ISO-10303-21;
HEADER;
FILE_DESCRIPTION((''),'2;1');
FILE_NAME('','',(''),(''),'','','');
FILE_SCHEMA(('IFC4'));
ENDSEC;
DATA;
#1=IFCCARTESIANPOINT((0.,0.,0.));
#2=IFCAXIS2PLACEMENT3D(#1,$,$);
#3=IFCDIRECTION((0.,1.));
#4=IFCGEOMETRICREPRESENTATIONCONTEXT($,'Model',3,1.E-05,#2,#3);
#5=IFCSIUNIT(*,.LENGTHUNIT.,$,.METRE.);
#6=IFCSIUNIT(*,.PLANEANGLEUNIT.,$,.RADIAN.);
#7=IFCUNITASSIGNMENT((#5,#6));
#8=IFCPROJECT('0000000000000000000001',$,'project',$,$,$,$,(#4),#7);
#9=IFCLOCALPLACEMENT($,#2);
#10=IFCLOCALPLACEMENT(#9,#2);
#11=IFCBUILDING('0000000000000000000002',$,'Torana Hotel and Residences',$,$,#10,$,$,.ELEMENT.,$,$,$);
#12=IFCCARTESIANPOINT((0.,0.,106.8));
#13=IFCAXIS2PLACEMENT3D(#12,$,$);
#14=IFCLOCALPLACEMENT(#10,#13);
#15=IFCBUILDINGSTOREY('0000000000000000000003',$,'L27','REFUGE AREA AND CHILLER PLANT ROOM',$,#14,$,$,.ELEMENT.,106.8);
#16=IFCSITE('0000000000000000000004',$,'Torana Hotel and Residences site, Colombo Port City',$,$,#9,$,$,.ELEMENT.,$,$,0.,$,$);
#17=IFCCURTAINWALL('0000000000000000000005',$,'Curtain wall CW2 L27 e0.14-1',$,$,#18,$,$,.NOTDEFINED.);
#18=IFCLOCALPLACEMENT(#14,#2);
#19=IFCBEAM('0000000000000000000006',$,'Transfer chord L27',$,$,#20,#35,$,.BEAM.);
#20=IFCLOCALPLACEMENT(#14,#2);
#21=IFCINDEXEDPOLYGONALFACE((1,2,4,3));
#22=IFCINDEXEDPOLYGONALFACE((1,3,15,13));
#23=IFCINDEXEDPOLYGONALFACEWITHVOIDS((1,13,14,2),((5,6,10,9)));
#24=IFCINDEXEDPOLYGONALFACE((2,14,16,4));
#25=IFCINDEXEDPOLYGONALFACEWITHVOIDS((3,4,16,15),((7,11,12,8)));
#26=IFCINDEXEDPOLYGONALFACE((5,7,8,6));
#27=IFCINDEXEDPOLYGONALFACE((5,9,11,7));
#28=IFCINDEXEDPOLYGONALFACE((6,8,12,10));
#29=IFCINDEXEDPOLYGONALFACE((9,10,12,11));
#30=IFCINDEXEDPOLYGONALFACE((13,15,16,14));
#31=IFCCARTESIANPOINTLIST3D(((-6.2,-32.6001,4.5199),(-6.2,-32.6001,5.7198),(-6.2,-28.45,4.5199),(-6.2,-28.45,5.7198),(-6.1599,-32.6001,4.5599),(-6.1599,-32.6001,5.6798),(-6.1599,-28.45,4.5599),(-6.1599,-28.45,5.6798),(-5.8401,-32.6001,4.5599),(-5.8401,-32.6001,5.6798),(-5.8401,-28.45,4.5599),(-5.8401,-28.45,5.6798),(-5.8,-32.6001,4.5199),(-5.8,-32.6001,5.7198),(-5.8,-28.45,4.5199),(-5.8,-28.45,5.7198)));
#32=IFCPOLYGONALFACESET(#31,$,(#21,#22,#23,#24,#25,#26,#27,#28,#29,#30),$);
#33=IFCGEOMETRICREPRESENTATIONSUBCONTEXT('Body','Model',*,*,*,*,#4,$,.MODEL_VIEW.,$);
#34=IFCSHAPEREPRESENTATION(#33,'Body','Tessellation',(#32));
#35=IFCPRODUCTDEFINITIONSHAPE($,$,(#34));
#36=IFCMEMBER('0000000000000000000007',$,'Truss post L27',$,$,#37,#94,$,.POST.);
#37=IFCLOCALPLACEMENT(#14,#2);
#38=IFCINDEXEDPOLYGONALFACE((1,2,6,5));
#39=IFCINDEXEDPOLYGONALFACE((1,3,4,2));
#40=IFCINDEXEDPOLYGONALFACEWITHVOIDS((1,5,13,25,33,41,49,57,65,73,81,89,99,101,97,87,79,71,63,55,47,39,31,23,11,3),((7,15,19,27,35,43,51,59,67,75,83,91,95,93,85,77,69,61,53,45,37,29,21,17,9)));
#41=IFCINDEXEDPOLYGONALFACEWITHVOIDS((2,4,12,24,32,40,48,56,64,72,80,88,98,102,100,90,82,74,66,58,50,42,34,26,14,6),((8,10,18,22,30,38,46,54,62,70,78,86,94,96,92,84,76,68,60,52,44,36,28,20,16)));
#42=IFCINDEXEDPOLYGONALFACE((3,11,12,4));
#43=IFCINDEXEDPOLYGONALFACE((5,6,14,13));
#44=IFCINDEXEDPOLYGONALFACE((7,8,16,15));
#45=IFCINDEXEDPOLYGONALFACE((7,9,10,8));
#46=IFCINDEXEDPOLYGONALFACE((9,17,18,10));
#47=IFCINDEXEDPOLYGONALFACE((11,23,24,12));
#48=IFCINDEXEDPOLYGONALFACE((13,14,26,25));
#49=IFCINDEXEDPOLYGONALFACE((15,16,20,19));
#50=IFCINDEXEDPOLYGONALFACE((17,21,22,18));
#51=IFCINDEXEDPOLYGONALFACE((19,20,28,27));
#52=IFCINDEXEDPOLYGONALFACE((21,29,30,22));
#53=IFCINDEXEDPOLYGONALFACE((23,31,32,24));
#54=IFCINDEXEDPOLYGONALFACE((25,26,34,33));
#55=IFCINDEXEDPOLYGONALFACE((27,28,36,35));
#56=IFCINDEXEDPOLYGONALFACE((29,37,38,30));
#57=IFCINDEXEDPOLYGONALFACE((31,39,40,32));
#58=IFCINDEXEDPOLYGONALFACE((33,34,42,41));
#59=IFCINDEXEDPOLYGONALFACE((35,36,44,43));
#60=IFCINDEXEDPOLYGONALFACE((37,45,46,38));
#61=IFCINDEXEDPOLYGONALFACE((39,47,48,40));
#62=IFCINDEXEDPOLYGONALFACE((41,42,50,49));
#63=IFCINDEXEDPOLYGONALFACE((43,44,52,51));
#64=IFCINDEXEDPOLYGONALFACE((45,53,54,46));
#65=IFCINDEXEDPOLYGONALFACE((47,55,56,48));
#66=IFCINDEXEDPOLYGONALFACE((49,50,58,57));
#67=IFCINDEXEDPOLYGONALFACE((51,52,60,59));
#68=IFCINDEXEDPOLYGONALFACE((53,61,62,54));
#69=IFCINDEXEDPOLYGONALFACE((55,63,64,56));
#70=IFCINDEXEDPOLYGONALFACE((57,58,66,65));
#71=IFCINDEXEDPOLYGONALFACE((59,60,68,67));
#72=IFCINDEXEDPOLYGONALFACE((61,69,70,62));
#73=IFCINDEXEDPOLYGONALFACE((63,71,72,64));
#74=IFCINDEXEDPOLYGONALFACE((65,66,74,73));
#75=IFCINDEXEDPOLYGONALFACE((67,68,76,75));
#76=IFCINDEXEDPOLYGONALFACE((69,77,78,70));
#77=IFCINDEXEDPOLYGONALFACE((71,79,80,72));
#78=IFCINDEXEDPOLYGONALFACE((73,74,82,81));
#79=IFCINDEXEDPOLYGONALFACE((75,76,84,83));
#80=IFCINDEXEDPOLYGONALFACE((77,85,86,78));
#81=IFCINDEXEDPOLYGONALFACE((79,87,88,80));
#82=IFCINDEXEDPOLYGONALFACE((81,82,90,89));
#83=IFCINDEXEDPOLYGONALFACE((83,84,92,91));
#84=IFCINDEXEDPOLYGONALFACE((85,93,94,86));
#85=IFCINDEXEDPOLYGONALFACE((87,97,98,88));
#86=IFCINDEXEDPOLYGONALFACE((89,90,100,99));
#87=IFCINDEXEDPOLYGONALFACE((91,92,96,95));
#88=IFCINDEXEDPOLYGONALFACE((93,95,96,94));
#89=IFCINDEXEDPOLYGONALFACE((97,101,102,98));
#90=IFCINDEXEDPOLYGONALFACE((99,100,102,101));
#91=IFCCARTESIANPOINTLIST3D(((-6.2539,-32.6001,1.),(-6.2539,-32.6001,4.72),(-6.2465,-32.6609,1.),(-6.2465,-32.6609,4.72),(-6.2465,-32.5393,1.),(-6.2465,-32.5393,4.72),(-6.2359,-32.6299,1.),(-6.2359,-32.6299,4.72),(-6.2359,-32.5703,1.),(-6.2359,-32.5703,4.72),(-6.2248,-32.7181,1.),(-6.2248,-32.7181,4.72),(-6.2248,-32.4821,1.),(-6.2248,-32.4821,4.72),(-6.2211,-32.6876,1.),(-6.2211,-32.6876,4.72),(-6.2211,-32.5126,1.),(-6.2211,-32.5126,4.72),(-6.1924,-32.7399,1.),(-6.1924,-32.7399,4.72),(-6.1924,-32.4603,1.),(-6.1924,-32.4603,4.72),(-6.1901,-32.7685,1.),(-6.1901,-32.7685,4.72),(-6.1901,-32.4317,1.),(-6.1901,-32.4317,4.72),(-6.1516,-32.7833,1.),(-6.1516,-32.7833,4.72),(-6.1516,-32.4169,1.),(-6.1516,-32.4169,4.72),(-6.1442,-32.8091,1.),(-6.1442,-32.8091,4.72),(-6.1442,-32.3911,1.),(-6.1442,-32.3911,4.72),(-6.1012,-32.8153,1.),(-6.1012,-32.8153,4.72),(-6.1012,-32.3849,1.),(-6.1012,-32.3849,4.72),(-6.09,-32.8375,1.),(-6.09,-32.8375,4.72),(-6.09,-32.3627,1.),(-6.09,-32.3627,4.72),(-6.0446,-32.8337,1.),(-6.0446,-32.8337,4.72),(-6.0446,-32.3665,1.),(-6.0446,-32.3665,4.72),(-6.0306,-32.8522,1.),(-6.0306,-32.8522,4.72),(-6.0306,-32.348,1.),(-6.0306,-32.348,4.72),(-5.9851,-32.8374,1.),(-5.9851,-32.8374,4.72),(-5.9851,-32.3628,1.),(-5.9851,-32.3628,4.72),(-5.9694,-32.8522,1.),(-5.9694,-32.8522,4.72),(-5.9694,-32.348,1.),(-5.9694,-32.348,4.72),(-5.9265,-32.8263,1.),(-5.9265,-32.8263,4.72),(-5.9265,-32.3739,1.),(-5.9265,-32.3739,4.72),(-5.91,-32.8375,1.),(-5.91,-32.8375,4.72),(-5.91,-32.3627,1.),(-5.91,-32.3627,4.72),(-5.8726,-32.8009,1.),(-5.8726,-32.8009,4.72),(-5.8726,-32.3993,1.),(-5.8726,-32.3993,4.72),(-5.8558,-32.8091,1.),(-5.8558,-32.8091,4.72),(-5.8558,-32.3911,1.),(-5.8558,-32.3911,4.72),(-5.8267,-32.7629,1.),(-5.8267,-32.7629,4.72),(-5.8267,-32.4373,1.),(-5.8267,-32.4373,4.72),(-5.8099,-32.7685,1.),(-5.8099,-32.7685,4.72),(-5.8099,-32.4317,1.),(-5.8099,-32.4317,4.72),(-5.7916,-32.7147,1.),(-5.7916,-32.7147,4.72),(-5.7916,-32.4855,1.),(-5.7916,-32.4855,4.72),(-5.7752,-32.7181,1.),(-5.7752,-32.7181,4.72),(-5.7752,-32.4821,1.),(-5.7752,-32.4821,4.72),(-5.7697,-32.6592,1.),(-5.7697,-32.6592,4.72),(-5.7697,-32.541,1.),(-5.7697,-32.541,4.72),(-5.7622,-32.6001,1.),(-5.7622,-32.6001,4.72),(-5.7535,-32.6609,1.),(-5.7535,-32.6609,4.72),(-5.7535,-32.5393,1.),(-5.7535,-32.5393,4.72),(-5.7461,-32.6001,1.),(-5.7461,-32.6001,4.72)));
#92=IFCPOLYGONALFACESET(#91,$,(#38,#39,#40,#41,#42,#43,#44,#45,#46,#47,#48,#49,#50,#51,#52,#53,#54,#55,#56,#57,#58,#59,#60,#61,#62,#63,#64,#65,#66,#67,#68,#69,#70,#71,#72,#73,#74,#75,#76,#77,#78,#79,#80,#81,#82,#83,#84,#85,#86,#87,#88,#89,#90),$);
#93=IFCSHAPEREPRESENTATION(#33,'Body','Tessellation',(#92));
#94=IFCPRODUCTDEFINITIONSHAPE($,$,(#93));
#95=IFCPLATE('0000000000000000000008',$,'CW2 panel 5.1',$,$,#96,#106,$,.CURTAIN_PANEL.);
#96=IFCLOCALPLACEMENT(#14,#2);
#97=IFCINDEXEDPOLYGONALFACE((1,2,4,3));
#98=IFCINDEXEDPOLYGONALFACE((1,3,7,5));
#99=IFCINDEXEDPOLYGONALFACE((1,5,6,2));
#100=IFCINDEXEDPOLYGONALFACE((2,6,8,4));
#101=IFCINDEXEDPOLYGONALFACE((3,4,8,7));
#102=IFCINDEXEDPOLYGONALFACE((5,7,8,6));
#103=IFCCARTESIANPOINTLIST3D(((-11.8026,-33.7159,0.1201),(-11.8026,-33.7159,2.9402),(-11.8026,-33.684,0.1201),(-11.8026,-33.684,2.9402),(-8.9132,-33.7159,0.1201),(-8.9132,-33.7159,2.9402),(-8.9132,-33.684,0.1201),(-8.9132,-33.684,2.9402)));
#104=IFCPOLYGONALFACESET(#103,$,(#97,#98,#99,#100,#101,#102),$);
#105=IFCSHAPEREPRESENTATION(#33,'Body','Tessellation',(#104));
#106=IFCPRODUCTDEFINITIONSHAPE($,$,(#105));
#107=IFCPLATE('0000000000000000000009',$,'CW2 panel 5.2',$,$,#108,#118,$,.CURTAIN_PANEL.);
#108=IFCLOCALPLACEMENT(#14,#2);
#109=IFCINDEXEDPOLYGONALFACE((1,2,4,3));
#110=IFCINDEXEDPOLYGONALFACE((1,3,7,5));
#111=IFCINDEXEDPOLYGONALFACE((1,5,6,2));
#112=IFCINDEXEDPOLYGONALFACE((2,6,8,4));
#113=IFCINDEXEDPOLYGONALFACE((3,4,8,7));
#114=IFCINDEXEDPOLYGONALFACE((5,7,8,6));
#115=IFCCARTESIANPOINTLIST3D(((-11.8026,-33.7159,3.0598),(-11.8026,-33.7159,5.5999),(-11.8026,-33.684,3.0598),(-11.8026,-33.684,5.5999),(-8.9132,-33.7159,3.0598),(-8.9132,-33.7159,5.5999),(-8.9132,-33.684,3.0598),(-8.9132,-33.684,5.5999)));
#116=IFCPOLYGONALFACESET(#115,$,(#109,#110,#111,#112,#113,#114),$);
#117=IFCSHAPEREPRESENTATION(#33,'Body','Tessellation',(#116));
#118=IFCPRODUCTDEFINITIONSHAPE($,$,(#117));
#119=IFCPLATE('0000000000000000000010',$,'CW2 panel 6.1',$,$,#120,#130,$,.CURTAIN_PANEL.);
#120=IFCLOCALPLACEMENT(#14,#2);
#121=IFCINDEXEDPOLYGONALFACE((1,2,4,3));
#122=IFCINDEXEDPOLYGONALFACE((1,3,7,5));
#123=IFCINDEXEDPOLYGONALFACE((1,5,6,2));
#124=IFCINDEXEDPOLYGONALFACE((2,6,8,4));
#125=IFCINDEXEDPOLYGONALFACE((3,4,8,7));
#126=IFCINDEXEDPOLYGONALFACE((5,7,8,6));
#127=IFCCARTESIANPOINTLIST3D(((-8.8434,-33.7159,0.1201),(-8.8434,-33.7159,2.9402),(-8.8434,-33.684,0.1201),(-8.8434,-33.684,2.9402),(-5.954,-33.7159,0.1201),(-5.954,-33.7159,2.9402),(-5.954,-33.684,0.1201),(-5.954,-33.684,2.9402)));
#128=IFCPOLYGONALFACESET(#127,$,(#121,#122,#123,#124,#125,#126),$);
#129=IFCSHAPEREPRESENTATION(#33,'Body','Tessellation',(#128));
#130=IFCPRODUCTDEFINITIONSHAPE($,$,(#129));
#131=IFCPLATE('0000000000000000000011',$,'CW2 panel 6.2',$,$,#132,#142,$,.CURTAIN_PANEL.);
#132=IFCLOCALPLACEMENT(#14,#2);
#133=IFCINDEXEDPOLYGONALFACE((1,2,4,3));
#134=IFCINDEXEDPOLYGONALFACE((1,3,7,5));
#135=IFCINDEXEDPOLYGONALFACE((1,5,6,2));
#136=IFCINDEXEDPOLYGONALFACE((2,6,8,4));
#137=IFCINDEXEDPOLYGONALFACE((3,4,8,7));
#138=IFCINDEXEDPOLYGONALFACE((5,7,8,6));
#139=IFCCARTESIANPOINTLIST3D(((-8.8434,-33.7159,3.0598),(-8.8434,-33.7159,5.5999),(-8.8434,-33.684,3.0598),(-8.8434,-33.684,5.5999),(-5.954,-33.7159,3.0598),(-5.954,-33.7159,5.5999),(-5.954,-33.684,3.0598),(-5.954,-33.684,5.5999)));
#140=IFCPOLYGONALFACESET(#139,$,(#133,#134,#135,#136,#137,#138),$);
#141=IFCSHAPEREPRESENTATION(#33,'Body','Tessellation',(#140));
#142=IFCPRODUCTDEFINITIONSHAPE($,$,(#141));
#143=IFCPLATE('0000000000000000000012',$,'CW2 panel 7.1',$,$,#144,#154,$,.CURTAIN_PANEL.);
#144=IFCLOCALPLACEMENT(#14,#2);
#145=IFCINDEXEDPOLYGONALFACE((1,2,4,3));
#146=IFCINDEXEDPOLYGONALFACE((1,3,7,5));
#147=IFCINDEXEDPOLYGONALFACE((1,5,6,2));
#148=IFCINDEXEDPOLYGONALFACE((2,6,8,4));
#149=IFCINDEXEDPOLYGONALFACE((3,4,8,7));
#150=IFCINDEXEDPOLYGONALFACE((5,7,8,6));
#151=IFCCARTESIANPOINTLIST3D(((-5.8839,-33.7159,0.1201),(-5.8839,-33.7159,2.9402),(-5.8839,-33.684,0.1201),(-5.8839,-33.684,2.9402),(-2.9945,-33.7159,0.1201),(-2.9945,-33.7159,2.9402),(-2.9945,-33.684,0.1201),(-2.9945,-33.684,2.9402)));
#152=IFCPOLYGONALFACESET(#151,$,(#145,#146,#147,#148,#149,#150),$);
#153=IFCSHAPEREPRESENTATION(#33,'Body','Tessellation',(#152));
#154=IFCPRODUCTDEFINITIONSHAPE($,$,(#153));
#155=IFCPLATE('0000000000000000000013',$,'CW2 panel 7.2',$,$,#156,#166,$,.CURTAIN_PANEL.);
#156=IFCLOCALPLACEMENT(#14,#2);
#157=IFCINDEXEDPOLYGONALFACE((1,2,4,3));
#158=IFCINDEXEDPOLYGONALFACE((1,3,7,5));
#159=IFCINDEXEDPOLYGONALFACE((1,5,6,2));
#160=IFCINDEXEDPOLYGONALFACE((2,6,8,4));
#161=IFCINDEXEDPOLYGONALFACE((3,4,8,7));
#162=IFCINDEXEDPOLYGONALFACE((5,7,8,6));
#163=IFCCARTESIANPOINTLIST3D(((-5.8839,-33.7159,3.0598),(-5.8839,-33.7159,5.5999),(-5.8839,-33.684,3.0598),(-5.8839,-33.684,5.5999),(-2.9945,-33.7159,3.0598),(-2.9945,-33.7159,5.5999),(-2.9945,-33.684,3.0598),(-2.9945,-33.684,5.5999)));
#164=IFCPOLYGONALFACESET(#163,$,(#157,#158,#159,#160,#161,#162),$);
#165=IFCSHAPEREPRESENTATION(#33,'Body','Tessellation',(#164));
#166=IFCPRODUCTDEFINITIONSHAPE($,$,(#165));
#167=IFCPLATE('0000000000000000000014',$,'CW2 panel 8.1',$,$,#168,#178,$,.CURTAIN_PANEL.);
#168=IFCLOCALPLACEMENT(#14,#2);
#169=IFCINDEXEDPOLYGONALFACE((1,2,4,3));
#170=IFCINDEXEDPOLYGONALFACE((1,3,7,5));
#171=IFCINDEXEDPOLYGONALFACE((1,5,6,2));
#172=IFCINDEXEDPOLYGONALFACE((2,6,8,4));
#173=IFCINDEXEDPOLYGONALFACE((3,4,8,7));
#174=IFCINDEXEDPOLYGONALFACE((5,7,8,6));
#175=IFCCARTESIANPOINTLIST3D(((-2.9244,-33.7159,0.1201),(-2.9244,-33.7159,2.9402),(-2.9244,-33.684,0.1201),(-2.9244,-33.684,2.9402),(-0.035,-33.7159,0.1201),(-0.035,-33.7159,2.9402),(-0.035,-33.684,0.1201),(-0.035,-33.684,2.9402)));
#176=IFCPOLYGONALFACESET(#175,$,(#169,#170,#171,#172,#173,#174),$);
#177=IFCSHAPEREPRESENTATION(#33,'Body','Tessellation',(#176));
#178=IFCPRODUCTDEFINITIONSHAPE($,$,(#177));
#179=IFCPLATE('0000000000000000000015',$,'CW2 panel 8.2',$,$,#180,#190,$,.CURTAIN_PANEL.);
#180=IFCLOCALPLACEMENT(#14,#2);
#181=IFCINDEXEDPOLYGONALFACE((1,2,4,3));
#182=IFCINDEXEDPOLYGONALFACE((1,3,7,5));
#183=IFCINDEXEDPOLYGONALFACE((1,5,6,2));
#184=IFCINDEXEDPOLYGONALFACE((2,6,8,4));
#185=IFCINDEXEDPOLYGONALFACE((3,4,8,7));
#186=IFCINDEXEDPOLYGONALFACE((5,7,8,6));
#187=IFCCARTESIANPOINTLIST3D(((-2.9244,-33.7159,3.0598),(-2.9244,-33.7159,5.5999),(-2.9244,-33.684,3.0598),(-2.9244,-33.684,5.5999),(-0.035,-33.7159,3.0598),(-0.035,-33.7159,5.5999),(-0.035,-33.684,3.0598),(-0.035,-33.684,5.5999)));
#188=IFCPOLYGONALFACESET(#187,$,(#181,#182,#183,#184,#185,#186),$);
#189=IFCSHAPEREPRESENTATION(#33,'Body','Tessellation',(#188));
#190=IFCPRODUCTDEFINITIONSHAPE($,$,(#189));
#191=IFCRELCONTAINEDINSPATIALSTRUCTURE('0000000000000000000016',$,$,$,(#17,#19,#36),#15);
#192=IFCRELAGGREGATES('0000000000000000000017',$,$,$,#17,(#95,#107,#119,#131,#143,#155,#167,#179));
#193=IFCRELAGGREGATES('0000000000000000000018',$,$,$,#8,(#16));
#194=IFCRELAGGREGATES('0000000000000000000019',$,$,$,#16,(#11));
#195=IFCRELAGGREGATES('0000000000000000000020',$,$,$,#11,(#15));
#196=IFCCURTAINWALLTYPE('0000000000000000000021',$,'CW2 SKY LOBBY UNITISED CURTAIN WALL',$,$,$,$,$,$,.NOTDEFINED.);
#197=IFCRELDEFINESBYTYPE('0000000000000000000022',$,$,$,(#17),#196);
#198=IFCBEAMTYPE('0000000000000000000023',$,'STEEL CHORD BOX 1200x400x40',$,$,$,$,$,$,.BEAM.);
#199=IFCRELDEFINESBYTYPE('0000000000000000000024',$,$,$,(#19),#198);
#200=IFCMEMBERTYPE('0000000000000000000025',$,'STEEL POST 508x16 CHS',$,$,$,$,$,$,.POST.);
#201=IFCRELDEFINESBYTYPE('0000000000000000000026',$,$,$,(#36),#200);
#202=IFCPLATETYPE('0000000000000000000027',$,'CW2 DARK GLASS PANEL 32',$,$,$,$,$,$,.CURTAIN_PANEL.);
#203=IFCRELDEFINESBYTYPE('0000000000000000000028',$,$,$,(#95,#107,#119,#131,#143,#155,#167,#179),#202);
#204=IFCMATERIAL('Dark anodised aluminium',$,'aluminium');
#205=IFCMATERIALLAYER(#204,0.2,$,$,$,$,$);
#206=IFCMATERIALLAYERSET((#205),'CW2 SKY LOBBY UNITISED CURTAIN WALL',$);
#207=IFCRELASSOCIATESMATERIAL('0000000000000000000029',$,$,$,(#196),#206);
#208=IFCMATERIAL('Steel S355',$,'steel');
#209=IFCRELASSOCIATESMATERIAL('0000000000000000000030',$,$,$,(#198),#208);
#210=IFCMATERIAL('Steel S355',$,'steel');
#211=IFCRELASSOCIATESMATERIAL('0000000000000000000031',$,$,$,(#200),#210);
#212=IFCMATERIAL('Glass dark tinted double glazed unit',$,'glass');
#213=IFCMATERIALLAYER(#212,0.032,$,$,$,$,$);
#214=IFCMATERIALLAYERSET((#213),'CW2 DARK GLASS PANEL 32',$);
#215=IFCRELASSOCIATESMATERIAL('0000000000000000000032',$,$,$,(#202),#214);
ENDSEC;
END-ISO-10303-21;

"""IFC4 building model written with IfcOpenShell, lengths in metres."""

from ifc_helpers import new_model, si_unit, direction, frame, origin, origin_2d, place, context, subcontext, project, spatial, rectangle, hollow_rectangle, hollow_circle, extrude, material, layer, layer_set, material_profile, profile_set, type_object, element, aggregate, save


model = new_model("IFC4")

# Units and contexts
model_context = context("Model", 3, precision=1e-05, world=origin(), true_north=direction((0.0, 1.0)))
body_context = subcontext(model_context, "Body", "Model", "MODEL_VIEW")
ifc_project = project(units=[si_unit("LENGTHUNIT", "METRE"), si_unit("PLANEANGLEUNIT", "RADIAN")], contexts=[model_context])

# Site, building, storey
site_placement = place(None, origin())
site = spatial("IfcSite", under=ifc_project, at=site_placement, Name="Torana Hotel and Residences site, Colombo Port City", CompositionType="ELEMENT", RefElevation=0.0)
building_placement = place(site_placement, origin())
building = spatial("IfcBuilding", under=site, at=building_placement, Name="Torana Hotel and Residences", CompositionType="ELEMENT")
storey_placement = place(building_placement, frame((0.0, 0.0, 106.8)))
storey = spatial("IfcBuildingStorey", under=building, at=storey_placement, Name="L27", Description="REFUGE AREA AND CHILLER PLANT ROOM", CompositionType="ELEMENT", Elevation=106.8)

# Curtain wall
ifc_material_1 = material(Name="Dark anodised aluminium", Category="aluminium")
ifc_layer_1 = layer(ifc_material_1, 0.2)
ifc_layer_set_1 = layer_set([ifc_layer_1], Name="CW2 SKY LOBBY UNITISED CURTAIN WALL")
curtain_wall_type = type_object("IfcCurtainWallType", Name="CW2 SKY LOBBY UNITISED CURTAIN WALL", PredefinedType="NOTDEFINED", material=ifc_layer_set_1)
curtain_wall_placement = place(storey_placement, origin())
curtain_wall = element("IfcCurtainWall", 1, at=curtain_wall_placement, inside=storey, type_object=curtain_wall_type, Name="Curtain wall CW2 L27 e0.14-1", PredefinedType="NOTDEFINED")

# Beam
ifc_material_2 = material(Name="Steel S355", Category="steel")
ifc_material_profile_1 = material_profile(ifc_material_2, hollow_rectangle(XDim=0.3999, YDim=1.2, WallThickness=0.04, at=origin_2d()), Name="BOX 1200x400x40")
ifc_profile_set_1 = profile_set([ifc_material_profile_1], Name="Steel S355")
beam_type = type_object("IfcBeamType", Name="STEEL CHORD BOX 1200x400x40", PredefinedType="BEAM", material=ifc_profile_set_1)
for number, where, z_axis, x_axis, name in (
    (2, (-6.0, -32.6001, 5.1199), (0.0, 1.0, 0.0), (-1.0, 0.0, 0.0), "Transfer chord L27"),
):
    element("IfcBeam", number, at=place(storey_placement, frame(where, z_axis=z_axis, x_axis=x_axis)), inside=storey, type_object=beam_type, Name=name, PredefinedType="BEAM", context=body_context, shape_type="SweptSolid", body=[
        extrude(hollow_rectangle(XDim=0.3999, YDim=1.2, WallThickness=0.04, at=origin_2d()), origin(), (0.0, 0.0, 1.0), 4.1501),
    ])

# Member
ifc_material_3 = material(Name="Steel S355", Category="steel")
ifc_material_profile_2 = material_profile(ifc_material_3, hollow_circle(Radius=0.2539, WallThickness=0.0161, at=origin_2d()), Name="508x16 CHS")
ifc_profile_set_2 = profile_set([ifc_material_profile_2], Name="Steel S355")
member_type_1 = type_object("IfcMemberType", Name="STEEL POST 508x16 CHS", PredefinedType="POST", material=ifc_profile_set_2)
member_1_placement = place(storey_placement, frame((-6.0, -32.6001, 1.0), z_axis=(0.0, 0.0, 1.0), x_axis=(1.0, 0.0, 0.0)))
element("IfcMember", 3, at=member_1_placement, inside=storey, type_object=member_type_1, Name="Truss post L27", PredefinedType="POST", context=body_context, shape_type="SweptSolid", body=[
    extrude(hollow_circle(Radius=0.2539, WallThickness=0.0161, at=origin_2d()), origin(), (0.0, 0.0, 1.0), 3.72),
])

# Plates
ifc_material_4 = material(Name="Glass dark tinted double glazed unit", Category="glass")
ifc_layer_2 = layer(ifc_material_4, 0.032)
ifc_layer_set_2 = layer_set([ifc_layer_2], Name="CW2 DARK GLASS PANEL 32")
plate_type = type_object("IfcPlateType", Name="CW2 DARK GLASS PANEL 32", PredefinedType="CURTAIN_PANEL", material=ifc_layer_set_2)
plate_1_placement = place(storey_placement, frame((-10.3579, -33.7, 0.1201), z_axis=(0.0, 0.0, 1.0), x_axis=(1.0, 0.0, 0.0)))
plate_1 = element("IfcPlate", 4, at=plate_1_placement, type_object=plate_type, Name="CW2 panel 5.1", PredefinedType="CURTAIN_PANEL", context=body_context, shape_type="SweptSolid", body=[
    extrude(rectangle(XDim=2.8894, YDim=0.032, at=origin_2d()), origin(), (0.0, 0.0, 1.0), 2.8201),
])
plate_2_placement = place(storey_placement, frame((-10.3579, -33.7, 3.0598), z_axis=(0.0, 0.0, 1.0), x_axis=(1.0, 0.0, 0.0)))
plate_2 = element("IfcPlate", 5, at=plate_2_placement, type_object=plate_type, Name="CW2 panel 5.2", PredefinedType="CURTAIN_PANEL", context=body_context, shape_type="SweptSolid", body=[
    extrude(rectangle(XDim=2.8894, YDim=0.032, at=origin_2d()), origin(), (0.0, 0.0, 1.0), 2.54),
])
plate_3_placement = place(storey_placement, frame((-7.3987, -33.7, 0.1201), z_axis=(0.0, 0.0, 1.0), x_axis=(1.0, 0.0, 0.0)))
plate_3 = element("IfcPlate", 6, at=plate_3_placement, type_object=plate_type, Name="CW2 panel 6.1", PredefinedType="CURTAIN_PANEL", context=body_context, shape_type="SweptSolid", body=[
    extrude(rectangle(XDim=2.8894, YDim=0.032, at=origin_2d()), origin(), (0.0, 0.0, 1.0), 2.8201),
])
plate_4_placement = place(storey_placement, frame((-7.3987, -33.7, 3.0598), z_axis=(0.0, 0.0, 1.0), x_axis=(1.0, 0.0, 0.0)))
plate_4 = element("IfcPlate", 7, at=plate_4_placement, type_object=plate_type, Name="CW2 panel 6.2", PredefinedType="CURTAIN_PANEL", context=body_context, shape_type="SweptSolid", body=[
    extrude(rectangle(XDim=2.8894, YDim=0.032, at=origin_2d()), origin(), (0.0, 0.0, 1.0), 2.54),
])
plate_5_placement = place(storey_placement, frame((-4.4392, -33.7, 0.1201), z_axis=(0.0, 0.0, 1.0), x_axis=(1.0, 0.0, 0.0)))
plate_5 = element("IfcPlate", 8, at=plate_5_placement, type_object=plate_type, Name="CW2 panel 7.1", PredefinedType="CURTAIN_PANEL", context=body_context, shape_type="SweptSolid", body=[
    extrude(rectangle(XDim=2.8894, YDim=0.032, at=origin_2d()), origin(), (0.0, 0.0, 1.0), 2.8201),
])
plate_6_placement = place(storey_placement, frame((-4.4392, -33.7, 3.0598), z_axis=(0.0, 0.0, 1.0), x_axis=(1.0, 0.0, 0.0)))
plate_6 = element("IfcPlate", 9, at=plate_6_placement, type_object=plate_type, Name="CW2 panel 7.2", PredefinedType="CURTAIN_PANEL", context=body_context, shape_type="SweptSolid", body=[
    extrude(rectangle(XDim=2.8894, YDim=0.032, at=origin_2d()), origin(), (0.0, 0.0, 1.0), 2.54),
])
plate_7_placement = place(storey_placement, frame((-1.4797, -33.7, 0.1201), z_axis=(0.0, 0.0, 1.0), x_axis=(1.0, 0.0, 0.0)))
plate_7 = element("IfcPlate", 10, at=plate_7_placement, type_object=plate_type, Name="CW2 panel 8.1", PredefinedType="CURTAIN_PANEL", context=body_context, shape_type="SweptSolid", body=[
    extrude(rectangle(XDim=2.8894, YDim=0.032, at=origin_2d()), origin(), (0.0, 0.0, 1.0), 2.8201),
])
plate_8_placement = place(storey_placement, frame((-1.4797, -33.7, 3.0598), z_axis=(0.0, 0.0, 1.0), x_axis=(1.0, 0.0, 0.0)))
plate_8 = element("IfcPlate", 11, at=plate_8_placement, type_object=plate_type, Name="CW2 panel 8.2", PredefinedType="CURTAIN_PANEL", context=body_context, shape_type="SweptSolid", body=[
    extrude(rectangle(XDim=2.8894, YDim=0.032, at=origin_2d()), origin(), (0.0, 0.0, 1.0), 2.54),
])
aggregate(curtain_wall, [plate_1, plate_2, plate_3, plate_4, plate_5, plate_6, plate_7, plate_8])

save(model, "model.ifc")
